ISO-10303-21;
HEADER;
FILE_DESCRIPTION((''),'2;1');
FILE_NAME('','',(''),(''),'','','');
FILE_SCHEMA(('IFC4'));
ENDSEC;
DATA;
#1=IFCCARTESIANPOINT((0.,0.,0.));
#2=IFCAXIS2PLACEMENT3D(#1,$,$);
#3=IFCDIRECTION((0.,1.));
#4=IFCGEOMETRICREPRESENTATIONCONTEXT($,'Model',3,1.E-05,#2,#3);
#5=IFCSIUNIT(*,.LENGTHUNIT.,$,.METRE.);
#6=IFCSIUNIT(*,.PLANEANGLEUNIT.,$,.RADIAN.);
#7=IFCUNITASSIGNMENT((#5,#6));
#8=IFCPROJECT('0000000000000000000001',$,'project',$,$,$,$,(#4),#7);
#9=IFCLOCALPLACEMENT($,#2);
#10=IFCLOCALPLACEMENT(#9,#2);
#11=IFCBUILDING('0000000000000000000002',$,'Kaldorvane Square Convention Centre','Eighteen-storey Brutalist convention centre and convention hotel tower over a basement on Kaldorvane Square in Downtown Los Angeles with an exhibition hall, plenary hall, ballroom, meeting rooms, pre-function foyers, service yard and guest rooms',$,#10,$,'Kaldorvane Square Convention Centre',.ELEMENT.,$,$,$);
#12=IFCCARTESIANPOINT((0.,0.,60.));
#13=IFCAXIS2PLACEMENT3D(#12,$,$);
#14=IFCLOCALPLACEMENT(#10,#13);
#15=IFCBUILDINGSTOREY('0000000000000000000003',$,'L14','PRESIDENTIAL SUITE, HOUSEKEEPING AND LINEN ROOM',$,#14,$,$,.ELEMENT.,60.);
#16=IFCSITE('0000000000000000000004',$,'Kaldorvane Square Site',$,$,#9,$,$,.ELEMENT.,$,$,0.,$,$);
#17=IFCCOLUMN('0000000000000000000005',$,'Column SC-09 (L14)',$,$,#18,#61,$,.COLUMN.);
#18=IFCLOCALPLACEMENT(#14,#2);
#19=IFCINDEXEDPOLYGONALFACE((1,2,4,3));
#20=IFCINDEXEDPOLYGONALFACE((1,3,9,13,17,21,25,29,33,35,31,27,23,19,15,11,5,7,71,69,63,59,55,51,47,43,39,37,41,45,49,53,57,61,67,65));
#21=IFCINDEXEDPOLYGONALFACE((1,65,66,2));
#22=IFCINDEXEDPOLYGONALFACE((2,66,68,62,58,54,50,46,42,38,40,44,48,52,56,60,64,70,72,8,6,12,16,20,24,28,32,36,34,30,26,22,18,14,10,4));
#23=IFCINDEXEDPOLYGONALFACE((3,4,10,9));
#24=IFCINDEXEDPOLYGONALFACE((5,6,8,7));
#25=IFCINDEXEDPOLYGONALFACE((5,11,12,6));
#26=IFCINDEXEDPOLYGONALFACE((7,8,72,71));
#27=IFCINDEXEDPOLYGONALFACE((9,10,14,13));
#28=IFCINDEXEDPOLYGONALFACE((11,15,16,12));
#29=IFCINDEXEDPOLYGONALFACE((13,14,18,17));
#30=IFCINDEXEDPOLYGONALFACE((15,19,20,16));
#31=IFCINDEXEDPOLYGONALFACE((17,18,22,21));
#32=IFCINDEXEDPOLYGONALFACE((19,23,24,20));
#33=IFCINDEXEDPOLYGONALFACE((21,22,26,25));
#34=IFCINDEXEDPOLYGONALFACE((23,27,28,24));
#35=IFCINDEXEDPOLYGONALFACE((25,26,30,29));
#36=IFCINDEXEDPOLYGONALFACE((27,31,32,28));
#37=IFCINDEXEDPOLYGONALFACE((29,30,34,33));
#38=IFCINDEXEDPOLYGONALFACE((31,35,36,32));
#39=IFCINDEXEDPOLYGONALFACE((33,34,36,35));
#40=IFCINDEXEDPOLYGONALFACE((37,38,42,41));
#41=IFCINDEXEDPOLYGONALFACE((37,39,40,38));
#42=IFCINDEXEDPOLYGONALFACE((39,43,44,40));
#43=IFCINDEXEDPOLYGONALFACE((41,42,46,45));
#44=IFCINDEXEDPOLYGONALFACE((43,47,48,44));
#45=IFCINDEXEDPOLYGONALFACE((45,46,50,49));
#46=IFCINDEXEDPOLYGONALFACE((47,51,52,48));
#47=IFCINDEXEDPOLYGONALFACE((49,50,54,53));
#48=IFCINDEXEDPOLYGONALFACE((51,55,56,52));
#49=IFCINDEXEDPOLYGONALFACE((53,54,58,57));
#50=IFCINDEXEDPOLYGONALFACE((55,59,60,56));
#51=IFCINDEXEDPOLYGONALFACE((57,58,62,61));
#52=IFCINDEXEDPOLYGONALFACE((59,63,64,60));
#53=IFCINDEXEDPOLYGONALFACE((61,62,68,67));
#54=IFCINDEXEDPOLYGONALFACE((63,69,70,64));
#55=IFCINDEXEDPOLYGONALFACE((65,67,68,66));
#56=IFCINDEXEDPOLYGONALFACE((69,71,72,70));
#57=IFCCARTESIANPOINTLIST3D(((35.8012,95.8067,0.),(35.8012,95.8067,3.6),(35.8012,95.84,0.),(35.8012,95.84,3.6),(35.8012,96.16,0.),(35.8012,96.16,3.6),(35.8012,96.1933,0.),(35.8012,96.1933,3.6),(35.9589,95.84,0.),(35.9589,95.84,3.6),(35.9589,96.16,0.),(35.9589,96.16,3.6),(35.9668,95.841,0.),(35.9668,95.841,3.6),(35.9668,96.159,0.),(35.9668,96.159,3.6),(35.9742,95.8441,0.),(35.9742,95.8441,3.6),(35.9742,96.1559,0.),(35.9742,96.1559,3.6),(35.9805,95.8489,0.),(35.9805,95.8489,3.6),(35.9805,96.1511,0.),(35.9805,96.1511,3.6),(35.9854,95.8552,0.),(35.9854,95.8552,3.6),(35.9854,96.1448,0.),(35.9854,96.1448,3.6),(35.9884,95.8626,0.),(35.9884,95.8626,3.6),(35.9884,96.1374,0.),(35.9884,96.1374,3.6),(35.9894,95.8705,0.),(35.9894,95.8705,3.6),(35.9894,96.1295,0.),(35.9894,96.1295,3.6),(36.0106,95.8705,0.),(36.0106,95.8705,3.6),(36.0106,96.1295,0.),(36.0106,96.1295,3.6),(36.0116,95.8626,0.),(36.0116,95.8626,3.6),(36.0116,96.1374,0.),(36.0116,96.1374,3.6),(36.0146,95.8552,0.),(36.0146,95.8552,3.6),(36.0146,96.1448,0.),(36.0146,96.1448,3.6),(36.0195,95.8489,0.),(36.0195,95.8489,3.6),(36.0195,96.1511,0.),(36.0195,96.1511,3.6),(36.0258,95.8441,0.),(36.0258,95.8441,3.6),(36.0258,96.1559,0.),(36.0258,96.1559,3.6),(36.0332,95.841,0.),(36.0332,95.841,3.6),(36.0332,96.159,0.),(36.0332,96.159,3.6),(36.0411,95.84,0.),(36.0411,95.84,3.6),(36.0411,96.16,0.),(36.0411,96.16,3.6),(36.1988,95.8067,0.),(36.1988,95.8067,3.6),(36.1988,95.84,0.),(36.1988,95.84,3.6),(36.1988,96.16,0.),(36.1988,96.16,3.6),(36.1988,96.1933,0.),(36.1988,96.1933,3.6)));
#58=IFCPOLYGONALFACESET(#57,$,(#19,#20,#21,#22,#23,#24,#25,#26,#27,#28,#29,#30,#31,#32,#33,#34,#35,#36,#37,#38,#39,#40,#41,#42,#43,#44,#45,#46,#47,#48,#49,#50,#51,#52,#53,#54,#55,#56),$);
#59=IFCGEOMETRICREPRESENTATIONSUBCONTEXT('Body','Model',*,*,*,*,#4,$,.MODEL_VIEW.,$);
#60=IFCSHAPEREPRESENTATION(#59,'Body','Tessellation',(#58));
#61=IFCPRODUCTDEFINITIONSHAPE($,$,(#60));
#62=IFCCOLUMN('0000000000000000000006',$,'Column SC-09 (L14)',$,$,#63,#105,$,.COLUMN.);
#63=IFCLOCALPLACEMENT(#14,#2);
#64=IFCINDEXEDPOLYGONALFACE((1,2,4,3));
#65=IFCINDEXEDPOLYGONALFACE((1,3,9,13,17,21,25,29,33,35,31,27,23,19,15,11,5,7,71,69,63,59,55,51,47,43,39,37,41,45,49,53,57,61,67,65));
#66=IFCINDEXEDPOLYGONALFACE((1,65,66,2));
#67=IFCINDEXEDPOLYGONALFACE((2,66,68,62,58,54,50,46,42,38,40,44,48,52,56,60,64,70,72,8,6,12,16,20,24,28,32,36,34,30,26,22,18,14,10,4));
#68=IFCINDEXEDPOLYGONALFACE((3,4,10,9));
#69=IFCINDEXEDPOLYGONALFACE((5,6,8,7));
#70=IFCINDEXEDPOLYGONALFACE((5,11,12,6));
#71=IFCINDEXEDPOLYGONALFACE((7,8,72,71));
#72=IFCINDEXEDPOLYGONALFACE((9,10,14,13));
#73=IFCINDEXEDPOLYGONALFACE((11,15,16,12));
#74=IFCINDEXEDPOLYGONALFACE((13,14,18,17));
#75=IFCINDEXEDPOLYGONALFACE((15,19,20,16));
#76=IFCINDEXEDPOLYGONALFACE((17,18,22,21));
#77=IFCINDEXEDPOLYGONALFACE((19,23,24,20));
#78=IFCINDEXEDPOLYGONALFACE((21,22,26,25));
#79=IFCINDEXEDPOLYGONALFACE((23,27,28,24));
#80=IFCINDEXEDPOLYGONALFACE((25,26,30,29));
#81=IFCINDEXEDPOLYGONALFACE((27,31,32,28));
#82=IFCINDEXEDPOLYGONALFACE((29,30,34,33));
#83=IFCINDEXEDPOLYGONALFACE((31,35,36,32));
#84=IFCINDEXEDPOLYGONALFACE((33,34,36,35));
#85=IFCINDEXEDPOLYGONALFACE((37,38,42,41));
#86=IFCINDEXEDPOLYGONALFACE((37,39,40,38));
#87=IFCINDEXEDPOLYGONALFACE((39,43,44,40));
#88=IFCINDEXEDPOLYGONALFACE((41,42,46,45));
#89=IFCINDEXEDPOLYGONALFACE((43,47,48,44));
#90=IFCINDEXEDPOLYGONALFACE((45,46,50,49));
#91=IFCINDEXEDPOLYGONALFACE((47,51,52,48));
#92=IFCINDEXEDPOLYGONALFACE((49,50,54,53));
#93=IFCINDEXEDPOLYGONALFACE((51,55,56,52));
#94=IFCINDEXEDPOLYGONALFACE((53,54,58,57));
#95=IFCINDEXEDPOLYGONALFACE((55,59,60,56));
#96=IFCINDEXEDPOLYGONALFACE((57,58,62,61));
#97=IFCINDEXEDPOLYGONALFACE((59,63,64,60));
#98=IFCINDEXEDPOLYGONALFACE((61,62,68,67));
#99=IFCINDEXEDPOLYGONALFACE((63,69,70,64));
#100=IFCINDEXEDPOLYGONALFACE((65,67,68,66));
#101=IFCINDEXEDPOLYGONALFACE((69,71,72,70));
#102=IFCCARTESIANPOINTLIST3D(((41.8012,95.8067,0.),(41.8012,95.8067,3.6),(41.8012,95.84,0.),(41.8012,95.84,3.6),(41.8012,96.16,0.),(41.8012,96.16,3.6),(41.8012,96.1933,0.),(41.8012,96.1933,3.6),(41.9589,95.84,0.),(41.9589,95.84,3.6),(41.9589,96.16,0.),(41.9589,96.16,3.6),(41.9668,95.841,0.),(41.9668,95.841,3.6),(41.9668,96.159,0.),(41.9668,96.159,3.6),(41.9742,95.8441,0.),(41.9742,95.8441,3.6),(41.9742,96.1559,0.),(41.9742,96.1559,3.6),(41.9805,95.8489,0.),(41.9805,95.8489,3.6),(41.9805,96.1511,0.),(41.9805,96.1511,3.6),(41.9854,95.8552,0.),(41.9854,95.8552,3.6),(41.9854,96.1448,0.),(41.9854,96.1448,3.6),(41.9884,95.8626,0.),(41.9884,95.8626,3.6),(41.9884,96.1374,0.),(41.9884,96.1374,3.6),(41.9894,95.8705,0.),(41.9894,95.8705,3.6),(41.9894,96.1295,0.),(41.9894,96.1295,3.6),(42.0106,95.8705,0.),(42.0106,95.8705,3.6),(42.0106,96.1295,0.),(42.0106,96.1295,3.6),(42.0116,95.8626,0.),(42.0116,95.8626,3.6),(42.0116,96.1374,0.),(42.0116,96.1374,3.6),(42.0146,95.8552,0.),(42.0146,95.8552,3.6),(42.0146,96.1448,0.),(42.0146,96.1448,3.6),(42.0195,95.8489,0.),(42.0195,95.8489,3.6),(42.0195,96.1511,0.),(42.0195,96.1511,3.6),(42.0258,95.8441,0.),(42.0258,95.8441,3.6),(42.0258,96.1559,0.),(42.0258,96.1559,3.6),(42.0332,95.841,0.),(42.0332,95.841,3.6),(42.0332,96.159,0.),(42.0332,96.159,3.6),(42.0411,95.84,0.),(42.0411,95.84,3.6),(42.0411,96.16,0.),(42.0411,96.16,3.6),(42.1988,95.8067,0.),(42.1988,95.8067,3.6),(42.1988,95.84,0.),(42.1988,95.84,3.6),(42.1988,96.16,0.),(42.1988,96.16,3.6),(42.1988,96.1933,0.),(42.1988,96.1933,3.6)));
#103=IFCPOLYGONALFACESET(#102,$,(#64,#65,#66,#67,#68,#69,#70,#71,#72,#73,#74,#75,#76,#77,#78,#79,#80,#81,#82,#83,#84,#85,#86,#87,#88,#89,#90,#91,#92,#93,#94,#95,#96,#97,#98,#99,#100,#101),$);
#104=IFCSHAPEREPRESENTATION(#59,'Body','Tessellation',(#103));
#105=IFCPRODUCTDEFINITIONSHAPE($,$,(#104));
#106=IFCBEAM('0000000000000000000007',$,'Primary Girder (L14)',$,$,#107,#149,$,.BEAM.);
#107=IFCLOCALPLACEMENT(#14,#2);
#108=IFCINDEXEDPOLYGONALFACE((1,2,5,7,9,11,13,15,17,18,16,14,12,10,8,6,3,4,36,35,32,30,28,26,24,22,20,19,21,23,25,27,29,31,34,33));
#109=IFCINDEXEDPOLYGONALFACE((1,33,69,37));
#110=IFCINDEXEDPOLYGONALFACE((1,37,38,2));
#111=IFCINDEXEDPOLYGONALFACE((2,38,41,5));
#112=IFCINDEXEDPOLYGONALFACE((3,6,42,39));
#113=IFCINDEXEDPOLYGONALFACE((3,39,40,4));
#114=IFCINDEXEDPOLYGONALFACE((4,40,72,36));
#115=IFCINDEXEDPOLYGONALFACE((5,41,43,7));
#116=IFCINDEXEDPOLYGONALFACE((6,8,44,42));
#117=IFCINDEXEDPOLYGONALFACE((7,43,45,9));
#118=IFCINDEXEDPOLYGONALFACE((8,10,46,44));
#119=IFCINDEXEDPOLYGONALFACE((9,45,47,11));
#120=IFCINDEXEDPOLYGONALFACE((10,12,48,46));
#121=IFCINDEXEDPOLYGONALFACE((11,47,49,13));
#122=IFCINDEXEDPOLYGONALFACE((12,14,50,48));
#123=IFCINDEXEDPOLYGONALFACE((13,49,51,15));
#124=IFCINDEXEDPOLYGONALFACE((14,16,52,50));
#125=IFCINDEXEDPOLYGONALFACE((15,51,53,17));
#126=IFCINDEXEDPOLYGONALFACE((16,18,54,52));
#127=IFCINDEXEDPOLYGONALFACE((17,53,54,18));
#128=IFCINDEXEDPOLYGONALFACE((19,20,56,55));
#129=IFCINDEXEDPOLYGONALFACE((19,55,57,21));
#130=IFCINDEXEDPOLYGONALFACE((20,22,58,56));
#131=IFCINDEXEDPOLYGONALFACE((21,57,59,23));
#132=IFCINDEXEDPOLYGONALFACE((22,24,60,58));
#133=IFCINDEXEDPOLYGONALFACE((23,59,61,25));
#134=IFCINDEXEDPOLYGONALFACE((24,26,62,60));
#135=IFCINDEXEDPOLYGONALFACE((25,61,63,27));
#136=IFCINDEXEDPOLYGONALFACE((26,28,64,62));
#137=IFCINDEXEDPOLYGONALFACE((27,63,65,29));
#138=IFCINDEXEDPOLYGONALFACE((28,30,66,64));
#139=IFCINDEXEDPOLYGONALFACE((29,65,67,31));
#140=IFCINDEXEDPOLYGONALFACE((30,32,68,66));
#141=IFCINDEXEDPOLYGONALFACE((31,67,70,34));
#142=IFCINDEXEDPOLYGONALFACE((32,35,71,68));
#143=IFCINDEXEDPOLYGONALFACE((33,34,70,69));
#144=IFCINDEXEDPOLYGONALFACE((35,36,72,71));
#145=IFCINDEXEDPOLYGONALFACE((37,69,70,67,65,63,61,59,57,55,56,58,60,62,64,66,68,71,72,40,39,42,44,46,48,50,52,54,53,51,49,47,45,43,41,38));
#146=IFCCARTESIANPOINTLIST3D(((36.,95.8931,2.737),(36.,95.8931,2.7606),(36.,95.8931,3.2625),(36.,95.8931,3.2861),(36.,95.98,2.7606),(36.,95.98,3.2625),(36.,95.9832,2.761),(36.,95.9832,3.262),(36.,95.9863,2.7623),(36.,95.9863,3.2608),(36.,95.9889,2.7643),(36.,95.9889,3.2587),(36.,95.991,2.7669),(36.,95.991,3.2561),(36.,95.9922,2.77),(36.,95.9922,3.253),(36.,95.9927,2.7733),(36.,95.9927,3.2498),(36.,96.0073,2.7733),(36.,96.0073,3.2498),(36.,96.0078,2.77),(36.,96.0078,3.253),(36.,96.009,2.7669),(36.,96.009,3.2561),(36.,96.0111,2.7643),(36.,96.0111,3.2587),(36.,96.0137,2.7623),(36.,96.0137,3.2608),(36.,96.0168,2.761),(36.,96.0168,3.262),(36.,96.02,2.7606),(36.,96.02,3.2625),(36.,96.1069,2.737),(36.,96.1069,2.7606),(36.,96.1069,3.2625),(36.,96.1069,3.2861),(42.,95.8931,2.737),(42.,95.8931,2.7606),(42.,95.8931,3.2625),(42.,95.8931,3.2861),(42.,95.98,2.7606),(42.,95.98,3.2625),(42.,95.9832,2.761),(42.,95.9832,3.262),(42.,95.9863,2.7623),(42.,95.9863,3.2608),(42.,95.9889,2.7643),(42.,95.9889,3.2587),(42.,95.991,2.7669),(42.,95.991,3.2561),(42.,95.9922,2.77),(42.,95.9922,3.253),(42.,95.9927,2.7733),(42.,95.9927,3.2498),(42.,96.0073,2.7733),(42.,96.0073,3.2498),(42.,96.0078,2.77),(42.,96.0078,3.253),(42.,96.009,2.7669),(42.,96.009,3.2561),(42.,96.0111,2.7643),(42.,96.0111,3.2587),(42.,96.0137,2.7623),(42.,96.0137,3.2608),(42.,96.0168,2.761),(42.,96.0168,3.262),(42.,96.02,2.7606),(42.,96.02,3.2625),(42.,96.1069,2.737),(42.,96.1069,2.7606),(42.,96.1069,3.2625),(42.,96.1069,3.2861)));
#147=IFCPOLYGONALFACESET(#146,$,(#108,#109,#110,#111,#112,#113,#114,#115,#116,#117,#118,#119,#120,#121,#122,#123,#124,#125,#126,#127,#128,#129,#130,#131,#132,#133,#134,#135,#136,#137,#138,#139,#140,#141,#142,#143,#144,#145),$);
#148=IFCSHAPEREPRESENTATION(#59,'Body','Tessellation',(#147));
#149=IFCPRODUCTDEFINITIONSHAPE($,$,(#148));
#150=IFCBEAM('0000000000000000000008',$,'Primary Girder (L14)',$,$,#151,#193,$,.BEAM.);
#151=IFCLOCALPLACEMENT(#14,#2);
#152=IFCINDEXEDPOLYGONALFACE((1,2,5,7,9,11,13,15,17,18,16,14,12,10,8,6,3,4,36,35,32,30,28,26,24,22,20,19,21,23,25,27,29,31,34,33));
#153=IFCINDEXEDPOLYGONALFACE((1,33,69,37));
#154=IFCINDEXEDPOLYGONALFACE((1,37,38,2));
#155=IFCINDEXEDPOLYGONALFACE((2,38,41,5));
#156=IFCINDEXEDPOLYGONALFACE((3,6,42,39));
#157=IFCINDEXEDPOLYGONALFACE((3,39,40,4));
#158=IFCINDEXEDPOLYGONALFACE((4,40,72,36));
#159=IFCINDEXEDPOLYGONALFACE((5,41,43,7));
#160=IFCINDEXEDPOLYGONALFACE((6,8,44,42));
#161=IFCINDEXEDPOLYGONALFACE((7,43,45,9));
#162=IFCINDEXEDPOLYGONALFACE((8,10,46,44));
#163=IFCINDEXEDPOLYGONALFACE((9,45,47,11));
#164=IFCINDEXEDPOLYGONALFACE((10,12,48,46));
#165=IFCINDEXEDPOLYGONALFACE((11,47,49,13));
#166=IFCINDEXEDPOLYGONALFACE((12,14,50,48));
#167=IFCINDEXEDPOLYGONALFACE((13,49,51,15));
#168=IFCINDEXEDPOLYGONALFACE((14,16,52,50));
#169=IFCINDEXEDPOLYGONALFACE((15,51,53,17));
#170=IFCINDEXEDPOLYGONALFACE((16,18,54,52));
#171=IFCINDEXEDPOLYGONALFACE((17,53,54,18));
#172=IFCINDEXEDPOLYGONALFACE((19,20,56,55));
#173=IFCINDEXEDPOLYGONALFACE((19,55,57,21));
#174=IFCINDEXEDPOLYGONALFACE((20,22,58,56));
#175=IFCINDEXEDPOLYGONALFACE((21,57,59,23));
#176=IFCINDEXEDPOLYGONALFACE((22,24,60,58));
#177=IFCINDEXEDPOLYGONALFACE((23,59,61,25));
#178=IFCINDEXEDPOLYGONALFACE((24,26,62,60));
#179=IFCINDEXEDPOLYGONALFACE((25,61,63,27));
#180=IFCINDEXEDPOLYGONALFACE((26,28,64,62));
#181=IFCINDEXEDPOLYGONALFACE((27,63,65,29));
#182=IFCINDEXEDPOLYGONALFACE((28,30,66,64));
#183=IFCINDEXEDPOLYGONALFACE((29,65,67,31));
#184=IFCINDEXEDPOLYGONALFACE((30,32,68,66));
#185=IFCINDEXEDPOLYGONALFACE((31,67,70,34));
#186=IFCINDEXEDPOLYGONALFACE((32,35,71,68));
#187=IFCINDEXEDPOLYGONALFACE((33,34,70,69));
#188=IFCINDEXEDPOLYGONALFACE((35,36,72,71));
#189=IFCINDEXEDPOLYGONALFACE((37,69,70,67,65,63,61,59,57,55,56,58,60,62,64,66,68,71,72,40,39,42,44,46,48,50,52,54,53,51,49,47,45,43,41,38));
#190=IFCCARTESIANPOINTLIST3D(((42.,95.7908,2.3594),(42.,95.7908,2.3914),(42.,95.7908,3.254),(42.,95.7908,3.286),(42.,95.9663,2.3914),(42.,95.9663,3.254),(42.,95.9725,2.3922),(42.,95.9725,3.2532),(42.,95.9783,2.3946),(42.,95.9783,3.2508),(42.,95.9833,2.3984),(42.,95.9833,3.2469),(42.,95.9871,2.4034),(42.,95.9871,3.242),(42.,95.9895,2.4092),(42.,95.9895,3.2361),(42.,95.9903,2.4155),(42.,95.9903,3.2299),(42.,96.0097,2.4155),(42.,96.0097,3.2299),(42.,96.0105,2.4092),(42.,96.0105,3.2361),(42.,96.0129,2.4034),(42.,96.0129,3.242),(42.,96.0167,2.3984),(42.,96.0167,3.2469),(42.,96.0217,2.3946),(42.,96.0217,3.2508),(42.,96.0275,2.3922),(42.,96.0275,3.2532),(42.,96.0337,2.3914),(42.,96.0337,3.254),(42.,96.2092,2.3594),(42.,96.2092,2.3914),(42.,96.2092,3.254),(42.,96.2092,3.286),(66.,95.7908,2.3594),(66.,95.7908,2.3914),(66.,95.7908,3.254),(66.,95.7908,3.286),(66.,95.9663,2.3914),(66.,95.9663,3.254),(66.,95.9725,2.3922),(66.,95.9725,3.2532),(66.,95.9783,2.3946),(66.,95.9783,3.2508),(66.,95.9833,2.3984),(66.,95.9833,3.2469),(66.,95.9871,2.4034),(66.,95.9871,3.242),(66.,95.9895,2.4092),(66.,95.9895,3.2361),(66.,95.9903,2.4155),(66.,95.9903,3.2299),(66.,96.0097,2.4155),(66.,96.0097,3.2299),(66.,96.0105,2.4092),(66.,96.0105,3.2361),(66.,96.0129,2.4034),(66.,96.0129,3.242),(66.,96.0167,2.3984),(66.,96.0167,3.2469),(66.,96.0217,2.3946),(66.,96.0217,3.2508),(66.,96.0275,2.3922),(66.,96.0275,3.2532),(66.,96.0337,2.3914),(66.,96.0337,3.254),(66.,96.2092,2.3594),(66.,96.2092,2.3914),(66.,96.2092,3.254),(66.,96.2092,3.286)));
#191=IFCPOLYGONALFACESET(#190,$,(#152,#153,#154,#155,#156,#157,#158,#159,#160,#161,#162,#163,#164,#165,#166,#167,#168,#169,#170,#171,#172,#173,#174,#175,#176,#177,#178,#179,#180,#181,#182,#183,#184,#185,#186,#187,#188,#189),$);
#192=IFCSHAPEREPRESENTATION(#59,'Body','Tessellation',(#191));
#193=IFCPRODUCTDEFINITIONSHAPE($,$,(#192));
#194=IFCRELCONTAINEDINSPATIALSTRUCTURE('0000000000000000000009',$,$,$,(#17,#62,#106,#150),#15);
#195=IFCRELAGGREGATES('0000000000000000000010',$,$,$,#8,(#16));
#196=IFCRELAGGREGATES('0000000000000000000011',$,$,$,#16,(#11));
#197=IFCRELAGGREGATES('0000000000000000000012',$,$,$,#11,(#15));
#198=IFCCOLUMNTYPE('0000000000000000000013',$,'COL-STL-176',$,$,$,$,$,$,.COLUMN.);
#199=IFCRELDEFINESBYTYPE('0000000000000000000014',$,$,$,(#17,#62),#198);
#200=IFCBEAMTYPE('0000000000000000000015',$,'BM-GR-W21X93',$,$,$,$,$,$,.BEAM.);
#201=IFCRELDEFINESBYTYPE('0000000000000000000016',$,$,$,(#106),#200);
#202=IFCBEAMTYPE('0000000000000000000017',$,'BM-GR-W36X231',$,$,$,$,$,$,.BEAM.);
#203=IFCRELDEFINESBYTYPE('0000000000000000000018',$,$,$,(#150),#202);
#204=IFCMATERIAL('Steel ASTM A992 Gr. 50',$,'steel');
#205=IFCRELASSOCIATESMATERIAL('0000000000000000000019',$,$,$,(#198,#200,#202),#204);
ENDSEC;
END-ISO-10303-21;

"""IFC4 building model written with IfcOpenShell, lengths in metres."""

from ifc_helpers import new_model, si_unit, direction, frame, origin, origin_2d, place, context, subcontext, project, spatial, i_section, extrude, material, material_profile, profile_set, type_object, element, save


model = new_model("IFC4")

# Units and contexts
model_context = context("Model", 3, precision=1e-05, world=origin(), true_north=direction((0.0, 1.0)))
body_context = subcontext(model_context, "Body", "Model", "MODEL_VIEW")
ifc_project = project(units=[si_unit("LENGTHUNIT", "METRE"), si_unit("PLANEANGLEUNIT", "RADIAN")], contexts=[model_context])

# Site, building, storey
site_placement = place(None, origin())
site = spatial("IfcSite", under=ifc_project, at=site_placement, Name="Kaldorvane Square Site", CompositionType="ELEMENT", RefElevation=0.0)
building_placement = place(site_placement, origin())
building = spatial("IfcBuilding", under=site, at=building_placement, Name="Kaldorvane Square Convention Centre", Description="Eighteen-storey Brutalist convention centre and convention hotel tower over a basement on Kaldorvane Square in Downtown Los Angeles with an exhibition hall, plenary hall, ballroom, meeting rooms, pre-function foyers, service yard and guest rooms", LongName="Kaldorvane Square Convention Centre", CompositionType="ELEMENT")
storey_placement = place(building_placement, frame((0.0, 0.0, 60.0)))
storey = spatial("IfcBuildingStorey", under=building, at=storey_placement, Name="L14", Description="PRESIDENTIAL SUITE, HOUSEKEEPING AND LINEN ROOM", CompositionType="ELEMENT", Elevation=60.0)

# Columns
ifc_material_1 = material(Name="Steel ASTM A992 Gr. 50", Category="steel")
ifc_material_profile_1 = material_profile(ifc_material_1, i_section(OverallWidth=0.3975, OverallDepth=0.3866, WebThickness=0.0211, FlangeThickness=0.0333, FilletRadius=0.0305, at=origin_2d()), Name="W14X176")
ifc_profile_set_1 = profile_set([ifc_material_profile_1], Name="Steel ASTM A992 Gr. 50")
column_type = type_object("IfcColumnType", Name="COL-STL-176", PredefinedType="COLUMN", material=ifc_profile_set_1)
for number, where, z_axis, x_axis, name in (
    (1, (36.0, 96.0, 0.0), (0.0, 0.0, 1.0), (1.0, 0.0, 0.0), "Column SC-09 (L14)"),
    (2, (42.0, 96.0, 0.0), (0.0, 0.0, 1.0), (1.0, 0.0, 0.0), "Column SC-09 (L14)"),
):
    element("IfcColumn", number, at=place(storey_placement, frame(where, z_axis=z_axis, x_axis=x_axis)), inside=storey, type_object=column_type, Name=name, PredefinedType="COLUMN", context=body_context, shape_type="SweptSolid", body=[
        extrude(i_section(OverallWidth=0.3975, OverallDepth=0.3866, WebThickness=0.0211, FlangeThickness=0.0333, FilletRadius=0.0305, at=origin_2d()), origin(), (0.0, 0.0, 1.0), 3.6),
    ])

# Beams
ifc_material_profile_2 = material_profile(ifc_material_1, i_section(OverallWidth=0.2139, OverallDepth=0.5491, WebThickness=0.0147, FlangeThickness=0.0236, FilletRadius=0.0127, at=origin_2d()), Name="W21X93")
ifc_profile_set_2 = profile_set([ifc_material_profile_2], Name="Steel ASTM A992 Gr. 50")
beam_type_1 = type_object("IfcBeamType", Name="BM-GR-W21X93", PredefinedType="BEAM", material=ifc_profile_set_2)
beam_1_placement = place(storey_placement, frame((36.0, 96.0, 3.0115), z_axis=(1.0, 0.0, 0.0), x_axis=(0.0, 1.0, 0.0)))
element("IfcBeam", 3, at=beam_1_placement, inside=storey, type_object=beam_type_1, Name="Primary Girder (L14)", PredefinedType="BEAM", context=body_context, shape_type="SweptSolid", body=[
    extrude(i_section(OverallWidth=0.2139, OverallDepth=0.5491, WebThickness=0.0147, FlangeThickness=0.0236, FilletRadius=0.0127, at=origin_2d()), origin(), (0.0, 0.0, 1.0), 6.0),
])
ifc_material_profile_3 = material_profile(ifc_material_1, i_section(OverallWidth=0.4183, OverallDepth=0.9266, WebThickness=0.0193, FlangeThickness=0.032, FilletRadius=0.0241, at=origin_2d()), Name="W36X231")
ifc_profile_set_3 = profile_set([ifc_material_profile_3], Name="Steel ASTM A992 Gr. 50")
beam_type_2 = type_object("IfcBeamType", Name="BM-GR-W36X231", PredefinedType="BEAM", material=ifc_profile_set_3)
beam_2_placement = place(storey_placement, frame((42.0, 96.0, 2.8227), z_axis=(1.0, 0.0, 0.0), x_axis=(0.0, 1.0, 0.0)))
element("IfcBeam", 4, at=beam_2_placement, inside=storey, type_object=beam_type_2, Name="Primary Girder (L14)", PredefinedType="BEAM", context=body_context, shape_type="SweptSolid", body=[
    extrude(i_section(OverallWidth=0.4183, OverallDepth=0.9266, WebThickness=0.0193, FlangeThickness=0.032, FilletRadius=0.0241, at=origin_2d()), origin(), (0.0, 0.0, 1.0), 24.0),
])

save(model, "model.ifc")
